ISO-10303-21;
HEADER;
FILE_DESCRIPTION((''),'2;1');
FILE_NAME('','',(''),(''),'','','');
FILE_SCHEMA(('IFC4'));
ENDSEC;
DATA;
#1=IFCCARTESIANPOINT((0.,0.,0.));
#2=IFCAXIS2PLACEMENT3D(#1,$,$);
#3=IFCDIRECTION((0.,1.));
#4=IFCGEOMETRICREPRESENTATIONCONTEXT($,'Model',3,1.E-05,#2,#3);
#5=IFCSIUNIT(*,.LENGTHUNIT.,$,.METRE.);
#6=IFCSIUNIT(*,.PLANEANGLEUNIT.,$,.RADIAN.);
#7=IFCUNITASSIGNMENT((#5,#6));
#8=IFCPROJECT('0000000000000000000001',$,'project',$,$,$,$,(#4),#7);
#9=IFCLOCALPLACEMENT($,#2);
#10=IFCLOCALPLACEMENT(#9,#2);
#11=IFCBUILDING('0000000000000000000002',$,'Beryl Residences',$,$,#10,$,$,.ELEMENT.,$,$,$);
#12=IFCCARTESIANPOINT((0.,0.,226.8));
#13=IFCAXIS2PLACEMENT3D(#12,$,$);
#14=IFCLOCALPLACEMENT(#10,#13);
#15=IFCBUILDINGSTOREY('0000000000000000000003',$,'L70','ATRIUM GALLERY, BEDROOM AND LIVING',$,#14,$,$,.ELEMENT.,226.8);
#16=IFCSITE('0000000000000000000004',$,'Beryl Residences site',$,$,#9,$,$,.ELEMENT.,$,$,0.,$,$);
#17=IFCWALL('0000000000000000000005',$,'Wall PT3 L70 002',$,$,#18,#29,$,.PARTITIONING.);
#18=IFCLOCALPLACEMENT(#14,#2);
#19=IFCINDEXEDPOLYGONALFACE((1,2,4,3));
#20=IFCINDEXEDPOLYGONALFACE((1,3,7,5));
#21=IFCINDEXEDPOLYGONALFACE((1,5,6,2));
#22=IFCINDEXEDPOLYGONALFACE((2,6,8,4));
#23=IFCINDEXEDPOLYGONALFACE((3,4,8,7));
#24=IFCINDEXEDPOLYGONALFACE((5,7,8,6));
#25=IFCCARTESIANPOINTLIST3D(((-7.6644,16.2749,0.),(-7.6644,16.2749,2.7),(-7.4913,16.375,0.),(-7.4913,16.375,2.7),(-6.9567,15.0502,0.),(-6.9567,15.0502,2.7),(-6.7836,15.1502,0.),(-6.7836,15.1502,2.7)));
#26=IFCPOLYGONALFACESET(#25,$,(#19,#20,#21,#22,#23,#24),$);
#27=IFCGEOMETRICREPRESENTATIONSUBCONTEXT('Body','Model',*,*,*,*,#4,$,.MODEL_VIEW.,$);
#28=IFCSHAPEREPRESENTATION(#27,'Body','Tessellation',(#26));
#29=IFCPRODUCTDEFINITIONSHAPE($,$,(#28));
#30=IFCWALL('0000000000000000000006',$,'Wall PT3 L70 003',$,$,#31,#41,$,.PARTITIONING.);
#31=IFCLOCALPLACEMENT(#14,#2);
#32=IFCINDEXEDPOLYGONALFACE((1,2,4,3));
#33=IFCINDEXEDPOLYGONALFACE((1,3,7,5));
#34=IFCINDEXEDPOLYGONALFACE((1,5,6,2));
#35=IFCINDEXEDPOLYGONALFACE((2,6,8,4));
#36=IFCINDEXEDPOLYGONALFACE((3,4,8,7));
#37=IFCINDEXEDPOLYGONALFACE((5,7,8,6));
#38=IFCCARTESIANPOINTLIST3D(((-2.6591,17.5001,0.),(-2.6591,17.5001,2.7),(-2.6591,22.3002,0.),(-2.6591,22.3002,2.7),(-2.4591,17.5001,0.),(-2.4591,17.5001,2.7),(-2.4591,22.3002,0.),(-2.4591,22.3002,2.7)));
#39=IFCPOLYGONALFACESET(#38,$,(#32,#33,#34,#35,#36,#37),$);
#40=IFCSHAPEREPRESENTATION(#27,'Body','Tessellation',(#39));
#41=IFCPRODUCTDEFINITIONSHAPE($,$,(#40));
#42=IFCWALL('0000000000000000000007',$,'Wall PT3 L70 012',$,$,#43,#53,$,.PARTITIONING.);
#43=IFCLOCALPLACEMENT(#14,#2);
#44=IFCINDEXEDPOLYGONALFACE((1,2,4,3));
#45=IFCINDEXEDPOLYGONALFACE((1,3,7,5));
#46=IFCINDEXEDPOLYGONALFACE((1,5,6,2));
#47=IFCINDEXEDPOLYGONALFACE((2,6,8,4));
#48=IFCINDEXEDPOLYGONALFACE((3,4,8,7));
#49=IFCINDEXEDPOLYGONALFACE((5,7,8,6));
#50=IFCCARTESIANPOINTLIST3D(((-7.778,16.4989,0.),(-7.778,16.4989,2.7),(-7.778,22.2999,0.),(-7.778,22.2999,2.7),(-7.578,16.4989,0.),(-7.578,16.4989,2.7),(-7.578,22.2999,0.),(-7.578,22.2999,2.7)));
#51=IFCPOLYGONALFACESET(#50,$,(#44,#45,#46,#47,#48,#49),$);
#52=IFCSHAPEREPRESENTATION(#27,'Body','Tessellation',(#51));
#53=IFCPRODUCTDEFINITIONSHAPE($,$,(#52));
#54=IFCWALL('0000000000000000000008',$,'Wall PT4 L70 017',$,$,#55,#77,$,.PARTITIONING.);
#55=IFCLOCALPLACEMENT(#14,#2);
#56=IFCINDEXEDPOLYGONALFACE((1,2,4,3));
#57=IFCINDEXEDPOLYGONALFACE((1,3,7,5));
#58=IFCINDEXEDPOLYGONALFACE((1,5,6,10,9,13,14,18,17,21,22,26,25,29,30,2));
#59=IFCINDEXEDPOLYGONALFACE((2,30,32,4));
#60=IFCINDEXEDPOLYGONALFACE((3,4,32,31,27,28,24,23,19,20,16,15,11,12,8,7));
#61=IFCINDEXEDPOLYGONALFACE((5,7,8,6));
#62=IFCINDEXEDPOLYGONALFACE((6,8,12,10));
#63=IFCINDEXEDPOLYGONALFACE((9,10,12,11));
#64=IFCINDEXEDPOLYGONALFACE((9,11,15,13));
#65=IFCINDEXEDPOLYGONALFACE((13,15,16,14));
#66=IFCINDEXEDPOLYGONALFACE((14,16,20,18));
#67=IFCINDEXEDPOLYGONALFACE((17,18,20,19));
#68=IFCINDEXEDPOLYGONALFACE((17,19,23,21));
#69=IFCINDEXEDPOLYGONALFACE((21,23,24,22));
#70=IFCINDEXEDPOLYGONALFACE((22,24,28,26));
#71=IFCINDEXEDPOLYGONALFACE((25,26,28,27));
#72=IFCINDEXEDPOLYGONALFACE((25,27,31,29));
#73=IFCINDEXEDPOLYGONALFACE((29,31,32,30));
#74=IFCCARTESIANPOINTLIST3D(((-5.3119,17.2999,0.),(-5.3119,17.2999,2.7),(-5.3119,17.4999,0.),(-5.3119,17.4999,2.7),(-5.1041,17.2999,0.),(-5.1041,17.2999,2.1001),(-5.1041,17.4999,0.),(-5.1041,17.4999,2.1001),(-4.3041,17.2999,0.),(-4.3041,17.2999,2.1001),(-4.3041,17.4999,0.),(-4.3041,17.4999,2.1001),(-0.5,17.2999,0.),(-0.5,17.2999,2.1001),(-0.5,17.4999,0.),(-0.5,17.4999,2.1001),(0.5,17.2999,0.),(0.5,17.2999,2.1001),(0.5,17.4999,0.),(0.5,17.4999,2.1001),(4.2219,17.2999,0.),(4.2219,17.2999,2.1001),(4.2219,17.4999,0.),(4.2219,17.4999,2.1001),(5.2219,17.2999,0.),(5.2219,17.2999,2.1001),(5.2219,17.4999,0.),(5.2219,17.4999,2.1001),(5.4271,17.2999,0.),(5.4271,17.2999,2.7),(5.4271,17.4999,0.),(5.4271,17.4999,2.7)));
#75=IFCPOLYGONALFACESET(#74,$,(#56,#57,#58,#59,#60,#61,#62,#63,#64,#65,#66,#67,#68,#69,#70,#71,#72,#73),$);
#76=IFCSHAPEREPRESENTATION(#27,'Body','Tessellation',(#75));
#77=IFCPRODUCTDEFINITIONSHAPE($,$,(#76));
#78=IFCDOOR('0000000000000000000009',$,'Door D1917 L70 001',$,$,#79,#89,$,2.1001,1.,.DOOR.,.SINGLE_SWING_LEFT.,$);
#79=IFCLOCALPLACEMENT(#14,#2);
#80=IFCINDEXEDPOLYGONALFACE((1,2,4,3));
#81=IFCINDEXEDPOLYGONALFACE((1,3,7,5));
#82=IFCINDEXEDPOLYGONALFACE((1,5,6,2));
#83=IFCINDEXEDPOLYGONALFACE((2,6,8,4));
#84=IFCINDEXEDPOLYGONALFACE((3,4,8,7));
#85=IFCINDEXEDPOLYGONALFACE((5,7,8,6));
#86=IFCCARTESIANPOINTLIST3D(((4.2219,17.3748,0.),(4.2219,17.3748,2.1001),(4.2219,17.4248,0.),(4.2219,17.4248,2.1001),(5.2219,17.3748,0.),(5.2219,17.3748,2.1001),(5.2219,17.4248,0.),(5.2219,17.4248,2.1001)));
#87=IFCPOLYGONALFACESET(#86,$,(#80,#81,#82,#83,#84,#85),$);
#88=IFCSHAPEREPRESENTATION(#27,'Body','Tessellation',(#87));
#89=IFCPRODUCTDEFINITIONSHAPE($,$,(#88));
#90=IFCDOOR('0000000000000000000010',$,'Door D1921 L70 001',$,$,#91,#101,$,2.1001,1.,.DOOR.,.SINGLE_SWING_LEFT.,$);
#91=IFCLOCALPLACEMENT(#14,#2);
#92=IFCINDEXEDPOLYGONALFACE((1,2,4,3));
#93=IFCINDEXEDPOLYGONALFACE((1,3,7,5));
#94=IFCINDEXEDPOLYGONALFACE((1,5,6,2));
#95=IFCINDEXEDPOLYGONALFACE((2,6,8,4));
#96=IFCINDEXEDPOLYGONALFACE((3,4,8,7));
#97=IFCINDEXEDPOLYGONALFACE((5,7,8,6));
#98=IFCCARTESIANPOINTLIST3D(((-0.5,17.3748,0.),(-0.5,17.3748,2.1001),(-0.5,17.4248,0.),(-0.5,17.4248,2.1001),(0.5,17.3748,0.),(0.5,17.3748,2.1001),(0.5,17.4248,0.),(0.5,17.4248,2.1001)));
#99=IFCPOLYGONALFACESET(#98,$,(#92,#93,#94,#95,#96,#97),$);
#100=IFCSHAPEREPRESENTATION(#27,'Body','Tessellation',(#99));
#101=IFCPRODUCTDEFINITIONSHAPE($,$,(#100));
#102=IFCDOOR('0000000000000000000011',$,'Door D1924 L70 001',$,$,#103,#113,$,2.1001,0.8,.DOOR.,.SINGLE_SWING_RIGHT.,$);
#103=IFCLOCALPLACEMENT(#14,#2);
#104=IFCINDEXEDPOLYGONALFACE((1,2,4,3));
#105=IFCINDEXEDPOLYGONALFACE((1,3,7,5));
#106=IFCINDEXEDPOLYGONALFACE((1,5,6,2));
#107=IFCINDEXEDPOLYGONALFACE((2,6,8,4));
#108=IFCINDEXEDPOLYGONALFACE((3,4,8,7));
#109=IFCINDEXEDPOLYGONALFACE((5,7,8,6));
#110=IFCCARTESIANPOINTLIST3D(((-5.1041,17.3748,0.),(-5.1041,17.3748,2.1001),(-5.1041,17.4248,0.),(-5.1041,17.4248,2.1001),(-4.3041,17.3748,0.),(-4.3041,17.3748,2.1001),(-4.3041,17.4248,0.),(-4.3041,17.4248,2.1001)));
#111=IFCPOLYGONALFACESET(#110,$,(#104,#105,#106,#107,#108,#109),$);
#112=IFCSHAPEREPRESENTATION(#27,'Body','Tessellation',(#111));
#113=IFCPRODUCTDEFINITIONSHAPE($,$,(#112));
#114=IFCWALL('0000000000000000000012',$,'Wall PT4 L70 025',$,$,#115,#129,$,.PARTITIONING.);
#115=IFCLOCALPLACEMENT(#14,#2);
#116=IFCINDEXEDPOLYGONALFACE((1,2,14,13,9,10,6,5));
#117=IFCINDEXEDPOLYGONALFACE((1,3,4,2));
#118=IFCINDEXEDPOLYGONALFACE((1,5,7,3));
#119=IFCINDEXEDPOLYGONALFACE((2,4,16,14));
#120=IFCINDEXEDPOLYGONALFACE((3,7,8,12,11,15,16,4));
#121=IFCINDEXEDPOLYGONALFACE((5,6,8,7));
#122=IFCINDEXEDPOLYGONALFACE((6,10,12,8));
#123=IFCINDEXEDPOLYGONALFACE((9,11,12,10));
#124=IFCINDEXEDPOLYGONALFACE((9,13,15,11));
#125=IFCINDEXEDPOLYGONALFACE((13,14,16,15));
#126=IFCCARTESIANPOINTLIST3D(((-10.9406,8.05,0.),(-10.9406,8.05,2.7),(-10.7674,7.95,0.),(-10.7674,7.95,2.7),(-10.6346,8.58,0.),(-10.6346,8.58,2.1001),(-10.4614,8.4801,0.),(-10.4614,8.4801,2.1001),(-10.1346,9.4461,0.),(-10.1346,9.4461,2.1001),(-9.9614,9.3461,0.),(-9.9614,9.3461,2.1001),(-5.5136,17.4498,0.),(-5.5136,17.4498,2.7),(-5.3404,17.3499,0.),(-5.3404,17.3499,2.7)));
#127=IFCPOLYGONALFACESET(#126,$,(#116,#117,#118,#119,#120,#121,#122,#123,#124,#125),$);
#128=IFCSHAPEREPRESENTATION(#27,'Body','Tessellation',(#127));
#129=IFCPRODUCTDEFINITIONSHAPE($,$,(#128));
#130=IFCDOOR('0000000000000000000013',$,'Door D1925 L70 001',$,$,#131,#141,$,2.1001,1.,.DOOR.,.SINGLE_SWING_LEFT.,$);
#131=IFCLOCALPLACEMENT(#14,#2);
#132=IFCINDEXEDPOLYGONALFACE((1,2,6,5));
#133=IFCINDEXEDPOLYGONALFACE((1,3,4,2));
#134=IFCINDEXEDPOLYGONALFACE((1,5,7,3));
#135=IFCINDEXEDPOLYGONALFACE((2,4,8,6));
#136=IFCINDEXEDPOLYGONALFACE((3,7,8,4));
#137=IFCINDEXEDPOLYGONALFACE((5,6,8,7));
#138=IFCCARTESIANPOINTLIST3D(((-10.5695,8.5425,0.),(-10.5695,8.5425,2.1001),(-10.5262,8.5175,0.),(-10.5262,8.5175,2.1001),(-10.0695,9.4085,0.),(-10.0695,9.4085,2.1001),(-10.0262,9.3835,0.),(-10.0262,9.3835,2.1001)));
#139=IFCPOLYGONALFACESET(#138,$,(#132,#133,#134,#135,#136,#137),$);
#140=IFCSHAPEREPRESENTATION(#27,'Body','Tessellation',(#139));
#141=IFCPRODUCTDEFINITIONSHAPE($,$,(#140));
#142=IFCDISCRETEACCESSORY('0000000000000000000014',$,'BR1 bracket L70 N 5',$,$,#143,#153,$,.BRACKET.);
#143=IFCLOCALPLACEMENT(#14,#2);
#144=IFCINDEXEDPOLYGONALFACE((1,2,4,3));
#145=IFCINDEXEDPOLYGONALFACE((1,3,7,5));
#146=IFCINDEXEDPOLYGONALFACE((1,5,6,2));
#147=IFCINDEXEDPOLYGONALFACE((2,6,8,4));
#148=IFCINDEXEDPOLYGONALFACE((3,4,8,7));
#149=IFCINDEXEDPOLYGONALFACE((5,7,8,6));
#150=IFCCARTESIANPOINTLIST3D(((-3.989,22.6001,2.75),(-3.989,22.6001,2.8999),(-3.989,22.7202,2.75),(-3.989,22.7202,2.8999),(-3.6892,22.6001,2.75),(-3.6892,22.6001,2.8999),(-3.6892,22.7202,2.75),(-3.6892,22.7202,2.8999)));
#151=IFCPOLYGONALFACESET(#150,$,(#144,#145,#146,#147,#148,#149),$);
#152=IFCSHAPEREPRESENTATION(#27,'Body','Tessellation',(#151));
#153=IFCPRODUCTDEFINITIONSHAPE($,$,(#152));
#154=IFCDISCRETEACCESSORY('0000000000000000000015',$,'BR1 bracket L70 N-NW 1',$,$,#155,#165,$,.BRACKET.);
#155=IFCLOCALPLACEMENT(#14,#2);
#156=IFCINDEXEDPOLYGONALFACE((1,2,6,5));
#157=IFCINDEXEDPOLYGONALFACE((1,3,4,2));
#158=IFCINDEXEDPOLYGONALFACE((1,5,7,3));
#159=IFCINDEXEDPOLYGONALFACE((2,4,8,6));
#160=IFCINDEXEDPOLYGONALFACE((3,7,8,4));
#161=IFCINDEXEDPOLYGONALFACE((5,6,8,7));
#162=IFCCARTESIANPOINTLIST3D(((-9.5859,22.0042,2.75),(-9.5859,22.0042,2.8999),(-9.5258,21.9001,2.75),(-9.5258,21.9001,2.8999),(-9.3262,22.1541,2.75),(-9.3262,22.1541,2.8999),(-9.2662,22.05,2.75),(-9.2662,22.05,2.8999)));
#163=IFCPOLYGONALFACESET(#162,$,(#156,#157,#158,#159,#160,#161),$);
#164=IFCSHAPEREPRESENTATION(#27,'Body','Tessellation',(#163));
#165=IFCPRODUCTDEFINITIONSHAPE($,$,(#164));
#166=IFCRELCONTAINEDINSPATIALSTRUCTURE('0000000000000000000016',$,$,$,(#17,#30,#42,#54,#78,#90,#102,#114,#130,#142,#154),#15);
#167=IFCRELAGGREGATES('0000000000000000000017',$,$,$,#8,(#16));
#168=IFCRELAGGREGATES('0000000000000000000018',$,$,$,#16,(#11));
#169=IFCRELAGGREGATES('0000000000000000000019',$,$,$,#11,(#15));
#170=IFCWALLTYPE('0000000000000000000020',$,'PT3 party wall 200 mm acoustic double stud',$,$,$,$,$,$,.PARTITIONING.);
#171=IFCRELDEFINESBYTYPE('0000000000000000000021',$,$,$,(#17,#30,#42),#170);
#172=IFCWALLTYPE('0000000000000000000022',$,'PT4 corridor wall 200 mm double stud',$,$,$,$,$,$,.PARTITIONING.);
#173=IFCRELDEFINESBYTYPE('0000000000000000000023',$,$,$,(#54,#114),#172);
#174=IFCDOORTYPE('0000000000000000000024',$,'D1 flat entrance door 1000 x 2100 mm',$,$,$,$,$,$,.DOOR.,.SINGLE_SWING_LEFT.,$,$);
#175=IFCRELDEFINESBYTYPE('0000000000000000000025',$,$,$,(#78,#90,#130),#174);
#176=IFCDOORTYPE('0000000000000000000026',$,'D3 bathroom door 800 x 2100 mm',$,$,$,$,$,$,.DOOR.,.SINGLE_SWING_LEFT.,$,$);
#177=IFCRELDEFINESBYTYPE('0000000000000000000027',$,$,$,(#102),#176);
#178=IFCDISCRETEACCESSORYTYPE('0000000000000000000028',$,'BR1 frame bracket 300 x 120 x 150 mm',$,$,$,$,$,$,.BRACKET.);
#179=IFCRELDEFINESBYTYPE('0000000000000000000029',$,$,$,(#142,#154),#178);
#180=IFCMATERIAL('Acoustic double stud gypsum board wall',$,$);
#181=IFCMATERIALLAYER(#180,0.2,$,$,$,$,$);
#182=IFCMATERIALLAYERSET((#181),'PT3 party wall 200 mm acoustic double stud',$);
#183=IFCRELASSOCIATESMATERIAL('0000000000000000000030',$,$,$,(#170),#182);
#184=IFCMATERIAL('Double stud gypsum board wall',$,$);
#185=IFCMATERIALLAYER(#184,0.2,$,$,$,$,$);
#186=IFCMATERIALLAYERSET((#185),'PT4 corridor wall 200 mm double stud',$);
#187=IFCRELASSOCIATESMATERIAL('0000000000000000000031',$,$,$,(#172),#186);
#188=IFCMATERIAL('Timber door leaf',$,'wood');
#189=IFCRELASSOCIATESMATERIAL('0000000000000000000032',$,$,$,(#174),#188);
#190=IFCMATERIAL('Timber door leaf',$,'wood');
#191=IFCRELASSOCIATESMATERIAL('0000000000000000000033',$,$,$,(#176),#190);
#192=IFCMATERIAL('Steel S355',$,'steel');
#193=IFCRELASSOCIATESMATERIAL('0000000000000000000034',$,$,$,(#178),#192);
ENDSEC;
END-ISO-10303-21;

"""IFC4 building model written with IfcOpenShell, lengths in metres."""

from ifc_helpers import new_model, si_unit, direction, frame, frame_2d, origin, place, context, subcontext, project, spatial, polyline, rectangle, outline, extrude, source, transform, mapped, material, layer, layer_set, type_object, type_shapes, element, fill, save


model = new_model("IFC4")

# Units and contexts
model_context = context("Model", 3, precision=1e-05, world=origin(), true_north=direction((0.0, 1.0)))
body_context = subcontext(model_context, "Body", "Model", "MODEL_VIEW")
ifc_project = project(units=[si_unit("LENGTHUNIT", "METRE"), si_unit("PLANEANGLEUNIT", "RADIAN")], contexts=[model_context])

# Site, building, storey
site_placement = place(None, origin())
site = spatial("IfcSite", under=ifc_project, at=site_placement, Name="Beryl Residences site", CompositionType="ELEMENT", RefElevation=0.0)
building_placement = place(site_placement, origin())
building = spatial("IfcBuilding", under=site, at=building_placement, Name="Beryl Residences", CompositionType="ELEMENT")
storey_placement = place(building_placement, frame((0.0, 0.0, 226.8)))
storey = spatial("IfcBuildingStorey", under=building, at=storey_placement, Name="L70", Description="ATRIUM GALLERY, BEDROOM AND LIVING", CompositionType="ELEMENT", Elevation=226.8)

# Walls
ifc_material_1 = material(Name="Acoustic double stud gypsum board wall")
ifc_layer_1 = layer(ifc_material_1, 0.2)
ifc_layer_set_1 = layer_set([ifc_layer_1], Name="PT3 party wall 200 mm acoustic double stud")
wall_type_1 = type_object("IfcWallType", Name="PT3 party wall 200 mm acoustic double stud", PredefinedType="PARTITIONING", material=ifc_layer_set_1)
wall_1_placement = place(storey_placement, frame((-7.5779, 16.325, 0.0), z_axis=(0.0, 0.0, 1.0), x_axis=(0.500315, -0.865843, 0.0)))
element("IfcWall", 1, at=wall_1_placement, inside=storey, type_object=wall_type_1, Name="Wall PT3 L70 002", PredefinedType="PARTITIONING", context=body_context, shape_type="SweptSolid", body=[
    extrude(rectangle(XDim=1.4146, YDim=0.2, at=frame_2d((0.7073, 0.0))), origin(), (0.0, 0.0, 1.0), 2.7),
])
wall_2_placement = place(storey_placement, frame((-2.5591, 22.3, 0.0), z_axis=(0.0, 0.0, 1.0), x_axis=(0.0, -1.0, 0.0)))
element("IfcWall", 2, at=wall_2_placement, inside=storey, type_object=wall_type_1, Name="Wall PT3 L70 003", PredefinedType="PARTITIONING", context=body_context, shape_type="SweptSolid", body=[
    extrude(rectangle(XDim=4.8, YDim=0.2, at=frame_2d((2.3999, 0.0))), origin(), (0.0, 0.0, 1.0), 2.7),
])
wall_3_placement = place(storey_placement, frame((-7.678, 16.499, 0.0), z_axis=(0.0, 0.0, 1.0), x_axis=(0.0, 1.0, 0.0)))
element("IfcWall", 3, at=wall_3_placement, inside=storey, type_object=wall_type_1, Name="Wall PT3 L70 012", PredefinedType="PARTITIONING", context=body_context, shape_type="SweptSolid", body=[
    extrude(rectangle(XDim=5.801, YDim=0.2, at=frame_2d((2.9004, 0.0))), origin(), (0.0, 0.0, 1.0), 2.7),
])

# Wall, openings, doors
ifc_material_2 = material(Name="Double stud gypsum board wall")
ifc_layer_2 = layer(ifc_material_2, 0.2)
ifc_layer_set_2 = layer_set([ifc_layer_2], Name="PT4 corridor wall 200 mm double stud")
wall_type_2 = type_object("IfcWallType", Name="PT4 corridor wall 200 mm double stud", PredefinedType="PARTITIONING", material=ifc_layer_set_2)
wall_4_placement = place(storey_placement, frame((-5.312, 17.3999, 0.0), z_axis=(0.0, 0.0, 1.0), x_axis=(1.0, 0.0, 0.0)))
wall_4 = element("IfcWall", 4, at=wall_4_placement, inside=storey, type_object=wall_type_2, Name="Wall PT4 L70 017", PredefinedType="PARTITIONING", context=body_context, shape_type="SweptSolid", body=[
    extrude(rectangle(XDim=10.739, YDim=0.2, at=frame_2d((5.3696, 0.0))), origin(), (0.0, 0.0, 1.0), 2.7),
])
opening_1_placement = place(wall_4_placement, frame((9.5339, 0.0, 0.0)))
opening_1 = element("IfcOpeningElement", 5, at=opening_1_placement, cuts=wall_4, PredefinedType="OPENING", context=body_context, shape_type="SweptSolid", body=[
    extrude(rectangle(XDim=1.0, YDim=2.1001, at=frame_2d((0.5, 1.05))), frame((0.0, 0.1099, 0.0), z_axis=(0.0, -1.0, 0.0), x_axis=(1.0, 0.0, 0.0)), (0.0, 0.0, 1.0), 0.22),
])
opening_2_placement = place(wall_4_placement, frame((4.812, 0.0, 0.0)))
opening_2 = element("IfcOpeningElement", 6, at=opening_2_placement, cuts=wall_4, PredefinedType="OPENING", context=body_context, shape_type="SweptSolid", body=[
    extrude(rectangle(XDim=1.0, YDim=2.1001, at=frame_2d((0.5, 1.05))), frame((0.0, 0.1099, 0.0), z_axis=(0.0, -1.0, 0.0), x_axis=(1.0, 0.0, 0.0)), (0.0, 0.0, 1.0), 0.22),
])
opening_3_placement = place(wall_4_placement, frame((0.208, 0.0, 0.0)))
opening_3 = element("IfcOpeningElement", 7, at=opening_3_placement, cuts=wall_4, PredefinedType="OPENING", context=body_context, shape_type="SweptSolid", body=[
    extrude(rectangle(XDim=0.8, YDim=2.1001, at=frame_2d((0.3999, 1.05))), frame((0.0, 0.1099, 0.0), z_axis=(0.0, -1.0, 0.0), x_axis=(1.0, 0.0, 0.0)), (0.0, 0.0, 1.0), 0.22),
])
ifc_material_3 = material(Name="Timber door leaf", Category="wood")
door_type_1 = type_object("IfcDoorType", Name="D1 flat entrance door 1000 x 2100 mm", OperationType="SINGLE_SWING_LEFT", PredefinedType="DOOR", material=ifc_material_3)
door_1_placement = place(opening_1_placement, origin())
door_1 = element("IfcDoor", 8, at=door_1_placement, inside=storey, type_object=door_type_1, Name="Door D1917 L70 001", OperationType="SINGLE_SWING_LEFT", OverallHeight=2.1001, OverallWidth=1.0, PredefinedType="DOOR", context=body_context, shape_type="SweptSolid", body=[
    extrude(rectangle(XDim=1.0, YDim=2.1001, at=frame_2d((0.5, 1.05))), frame((0.0, 0.0249, 0.0), z_axis=(0.0, -1.0, 0.0), x_axis=(1.0, 0.0, 0.0)), (0.0, 0.0, 1.0), 0.05),
])
fill(opening_1, door_1)
door_2_placement = place(opening_2_placement, origin())
door_2 = element("IfcDoor", 9, at=door_2_placement, inside=storey, type_object=door_type_1, Name="Door D1921 L70 001", OperationType="SINGLE_SWING_LEFT", OverallHeight=2.1001, OverallWidth=1.0, PredefinedType="DOOR", context=body_context, shape_type="SweptSolid", body=[
    extrude(rectangle(XDim=1.0, YDim=2.1001, at=frame_2d((0.5, 1.05))), frame((0.0, 0.0249, 0.0), z_axis=(0.0, -1.0, 0.0), x_axis=(1.0, 0.0, 0.0)), (0.0, 0.0, 1.0), 0.05),
])
fill(opening_2, door_2)
ifc_material_4 = material(Name="Timber door leaf", Category="wood")
door_type_2 = type_object("IfcDoorType", Name="D3 bathroom door 800 x 2100 mm", OperationType="SINGLE_SWING_LEFT", PredefinedType="DOOR", material=ifc_material_4)
door_3_placement = place(opening_3_placement, origin())
door_3 = element("IfcDoor", 10, at=door_3_placement, inside=storey, type_object=door_type_2, Name="Door D1924 L70 001", OperationType="SINGLE_SWING_RIGHT", OverallHeight=2.1001, OverallWidth=0.8, PredefinedType="DOOR", context=body_context, shape_type="SweptSolid", body=[
    extrude(rectangle(XDim=0.8, YDim=2.1001, at=frame_2d((0.3999, 1.05))), frame((0.0, 0.0249, 0.0), z_axis=(0.0, -1.0, 0.0), x_axis=(1.0, 0.0, 0.0)), (0.0, 0.0, 1.0), 0.05),
])
fill(opening_3, door_3)

# Wall, opening, door
wall_5_placement = place(storey_placement, frame((-10.854, 8.0, 0.0), z_axis=(0.0, 0.0, 1.0), x_axis=(0.499998, 0.866027, 0.0)))
wall_5 = element("IfcWall", 11, at=wall_5_placement, inside=storey, type_object=wall_type_2, Name="Wall PT4 L70 025", PredefinedType="PARTITIONING", context=body_context, shape_type="SweptSolid", body=[
    extrude(rectangle(XDim=10.854, YDim=0.2, at=frame_2d((5.427, 0.0))), origin(), (0.0, 0.0, 1.0), 2.7),
])
opening_4_placement = place(wall_5_placement, frame((0.6121, 0.0, 0.0)))
opening_4 = element("IfcOpeningElement", 12, at=opening_4_placement, cuts=wall_5, PredefinedType="OPENING", context=body_context, shape_type="SweptSolid", body=[
    extrude(rectangle(XDim=1.0, YDim=2.1001, at=frame_2d((0.5, 1.05))), frame((0.0, 0.1099, 0.0), z_axis=(0.0, -1.0, 0.0), x_axis=(1.0, 0.0, 0.0)), (0.0, 0.0, 1.0), 0.22),
])
door_4_placement = place(opening_4_placement, origin())
door_4 = element("IfcDoor", 13, at=door_4_placement, inside=storey, type_object=door_type_1, Name="Door D1925 L70 001", OperationType="SINGLE_SWING_LEFT", OverallHeight=2.1001, OverallWidth=1.0, PredefinedType="DOOR", context=body_context, shape_type="SweptSolid", body=[
    extrude(rectangle(XDim=1.0, YDim=2.1001, at=frame_2d((0.5, 1.05))), frame((0.0, 0.0249, 0.0), z_axis=(0.0, -1.0, 0.0), x_axis=(1.0, 0.0, 0.0)), (0.0, 0.0, 1.0), 0.05),
])
fill(opening_4, door_4)

# Discrete accessories
ifc_material_5 = material(Name="Steel S355", Category="steel")
discrete_accessory_type = type_object("IfcDiscreteAccessoryType", Name="BR1 frame bracket 300 x 120 x 150 mm", PredefinedType="BRACKET", material=ifc_material_5)
shared_shape_1 = source(origin(), body_context, "Body", "SweptSolid", [
    extrude(outline(polyline([(-0.1499, 0.0), (0.1499, 0.0), (0.1499, 0.1201), (-0.1499, 0.1201), (-0.1499, 0.0)])), origin(), (0.0, 0.0, 1.0), 0.1499),
])
type_shapes(discrete_accessory_type, [shared_shape_1])
for number, where, z_axis, x_axis, name in (
    (14, (-3.8391, 22.6001, 2.75), (0.0, 0.0, 1.0), (1.0, 0.0, 0.0), "BR1 bracket L70 N 5"),
    (15, (-9.396, 21.9751, 2.75), (0.0, 0.0, 1.0), (0.866025, 0.5, 0.0), "BR1 bracket L70 N-NW 1"),
):
    element("IfcDiscreteAccessory", number, at=place(storey_placement, frame(where, z_axis=z_axis, x_axis=x_axis)), inside=storey, type_object=discrete_accessory_type, Name=name, PredefinedType="BRACKET", context=body_context, shape_type="MappedRepresentation", body=[
        mapped(shared_shape_1, transform((0.0, 0.0, 0.0))),
    ])

save(model, "model.ifc")
